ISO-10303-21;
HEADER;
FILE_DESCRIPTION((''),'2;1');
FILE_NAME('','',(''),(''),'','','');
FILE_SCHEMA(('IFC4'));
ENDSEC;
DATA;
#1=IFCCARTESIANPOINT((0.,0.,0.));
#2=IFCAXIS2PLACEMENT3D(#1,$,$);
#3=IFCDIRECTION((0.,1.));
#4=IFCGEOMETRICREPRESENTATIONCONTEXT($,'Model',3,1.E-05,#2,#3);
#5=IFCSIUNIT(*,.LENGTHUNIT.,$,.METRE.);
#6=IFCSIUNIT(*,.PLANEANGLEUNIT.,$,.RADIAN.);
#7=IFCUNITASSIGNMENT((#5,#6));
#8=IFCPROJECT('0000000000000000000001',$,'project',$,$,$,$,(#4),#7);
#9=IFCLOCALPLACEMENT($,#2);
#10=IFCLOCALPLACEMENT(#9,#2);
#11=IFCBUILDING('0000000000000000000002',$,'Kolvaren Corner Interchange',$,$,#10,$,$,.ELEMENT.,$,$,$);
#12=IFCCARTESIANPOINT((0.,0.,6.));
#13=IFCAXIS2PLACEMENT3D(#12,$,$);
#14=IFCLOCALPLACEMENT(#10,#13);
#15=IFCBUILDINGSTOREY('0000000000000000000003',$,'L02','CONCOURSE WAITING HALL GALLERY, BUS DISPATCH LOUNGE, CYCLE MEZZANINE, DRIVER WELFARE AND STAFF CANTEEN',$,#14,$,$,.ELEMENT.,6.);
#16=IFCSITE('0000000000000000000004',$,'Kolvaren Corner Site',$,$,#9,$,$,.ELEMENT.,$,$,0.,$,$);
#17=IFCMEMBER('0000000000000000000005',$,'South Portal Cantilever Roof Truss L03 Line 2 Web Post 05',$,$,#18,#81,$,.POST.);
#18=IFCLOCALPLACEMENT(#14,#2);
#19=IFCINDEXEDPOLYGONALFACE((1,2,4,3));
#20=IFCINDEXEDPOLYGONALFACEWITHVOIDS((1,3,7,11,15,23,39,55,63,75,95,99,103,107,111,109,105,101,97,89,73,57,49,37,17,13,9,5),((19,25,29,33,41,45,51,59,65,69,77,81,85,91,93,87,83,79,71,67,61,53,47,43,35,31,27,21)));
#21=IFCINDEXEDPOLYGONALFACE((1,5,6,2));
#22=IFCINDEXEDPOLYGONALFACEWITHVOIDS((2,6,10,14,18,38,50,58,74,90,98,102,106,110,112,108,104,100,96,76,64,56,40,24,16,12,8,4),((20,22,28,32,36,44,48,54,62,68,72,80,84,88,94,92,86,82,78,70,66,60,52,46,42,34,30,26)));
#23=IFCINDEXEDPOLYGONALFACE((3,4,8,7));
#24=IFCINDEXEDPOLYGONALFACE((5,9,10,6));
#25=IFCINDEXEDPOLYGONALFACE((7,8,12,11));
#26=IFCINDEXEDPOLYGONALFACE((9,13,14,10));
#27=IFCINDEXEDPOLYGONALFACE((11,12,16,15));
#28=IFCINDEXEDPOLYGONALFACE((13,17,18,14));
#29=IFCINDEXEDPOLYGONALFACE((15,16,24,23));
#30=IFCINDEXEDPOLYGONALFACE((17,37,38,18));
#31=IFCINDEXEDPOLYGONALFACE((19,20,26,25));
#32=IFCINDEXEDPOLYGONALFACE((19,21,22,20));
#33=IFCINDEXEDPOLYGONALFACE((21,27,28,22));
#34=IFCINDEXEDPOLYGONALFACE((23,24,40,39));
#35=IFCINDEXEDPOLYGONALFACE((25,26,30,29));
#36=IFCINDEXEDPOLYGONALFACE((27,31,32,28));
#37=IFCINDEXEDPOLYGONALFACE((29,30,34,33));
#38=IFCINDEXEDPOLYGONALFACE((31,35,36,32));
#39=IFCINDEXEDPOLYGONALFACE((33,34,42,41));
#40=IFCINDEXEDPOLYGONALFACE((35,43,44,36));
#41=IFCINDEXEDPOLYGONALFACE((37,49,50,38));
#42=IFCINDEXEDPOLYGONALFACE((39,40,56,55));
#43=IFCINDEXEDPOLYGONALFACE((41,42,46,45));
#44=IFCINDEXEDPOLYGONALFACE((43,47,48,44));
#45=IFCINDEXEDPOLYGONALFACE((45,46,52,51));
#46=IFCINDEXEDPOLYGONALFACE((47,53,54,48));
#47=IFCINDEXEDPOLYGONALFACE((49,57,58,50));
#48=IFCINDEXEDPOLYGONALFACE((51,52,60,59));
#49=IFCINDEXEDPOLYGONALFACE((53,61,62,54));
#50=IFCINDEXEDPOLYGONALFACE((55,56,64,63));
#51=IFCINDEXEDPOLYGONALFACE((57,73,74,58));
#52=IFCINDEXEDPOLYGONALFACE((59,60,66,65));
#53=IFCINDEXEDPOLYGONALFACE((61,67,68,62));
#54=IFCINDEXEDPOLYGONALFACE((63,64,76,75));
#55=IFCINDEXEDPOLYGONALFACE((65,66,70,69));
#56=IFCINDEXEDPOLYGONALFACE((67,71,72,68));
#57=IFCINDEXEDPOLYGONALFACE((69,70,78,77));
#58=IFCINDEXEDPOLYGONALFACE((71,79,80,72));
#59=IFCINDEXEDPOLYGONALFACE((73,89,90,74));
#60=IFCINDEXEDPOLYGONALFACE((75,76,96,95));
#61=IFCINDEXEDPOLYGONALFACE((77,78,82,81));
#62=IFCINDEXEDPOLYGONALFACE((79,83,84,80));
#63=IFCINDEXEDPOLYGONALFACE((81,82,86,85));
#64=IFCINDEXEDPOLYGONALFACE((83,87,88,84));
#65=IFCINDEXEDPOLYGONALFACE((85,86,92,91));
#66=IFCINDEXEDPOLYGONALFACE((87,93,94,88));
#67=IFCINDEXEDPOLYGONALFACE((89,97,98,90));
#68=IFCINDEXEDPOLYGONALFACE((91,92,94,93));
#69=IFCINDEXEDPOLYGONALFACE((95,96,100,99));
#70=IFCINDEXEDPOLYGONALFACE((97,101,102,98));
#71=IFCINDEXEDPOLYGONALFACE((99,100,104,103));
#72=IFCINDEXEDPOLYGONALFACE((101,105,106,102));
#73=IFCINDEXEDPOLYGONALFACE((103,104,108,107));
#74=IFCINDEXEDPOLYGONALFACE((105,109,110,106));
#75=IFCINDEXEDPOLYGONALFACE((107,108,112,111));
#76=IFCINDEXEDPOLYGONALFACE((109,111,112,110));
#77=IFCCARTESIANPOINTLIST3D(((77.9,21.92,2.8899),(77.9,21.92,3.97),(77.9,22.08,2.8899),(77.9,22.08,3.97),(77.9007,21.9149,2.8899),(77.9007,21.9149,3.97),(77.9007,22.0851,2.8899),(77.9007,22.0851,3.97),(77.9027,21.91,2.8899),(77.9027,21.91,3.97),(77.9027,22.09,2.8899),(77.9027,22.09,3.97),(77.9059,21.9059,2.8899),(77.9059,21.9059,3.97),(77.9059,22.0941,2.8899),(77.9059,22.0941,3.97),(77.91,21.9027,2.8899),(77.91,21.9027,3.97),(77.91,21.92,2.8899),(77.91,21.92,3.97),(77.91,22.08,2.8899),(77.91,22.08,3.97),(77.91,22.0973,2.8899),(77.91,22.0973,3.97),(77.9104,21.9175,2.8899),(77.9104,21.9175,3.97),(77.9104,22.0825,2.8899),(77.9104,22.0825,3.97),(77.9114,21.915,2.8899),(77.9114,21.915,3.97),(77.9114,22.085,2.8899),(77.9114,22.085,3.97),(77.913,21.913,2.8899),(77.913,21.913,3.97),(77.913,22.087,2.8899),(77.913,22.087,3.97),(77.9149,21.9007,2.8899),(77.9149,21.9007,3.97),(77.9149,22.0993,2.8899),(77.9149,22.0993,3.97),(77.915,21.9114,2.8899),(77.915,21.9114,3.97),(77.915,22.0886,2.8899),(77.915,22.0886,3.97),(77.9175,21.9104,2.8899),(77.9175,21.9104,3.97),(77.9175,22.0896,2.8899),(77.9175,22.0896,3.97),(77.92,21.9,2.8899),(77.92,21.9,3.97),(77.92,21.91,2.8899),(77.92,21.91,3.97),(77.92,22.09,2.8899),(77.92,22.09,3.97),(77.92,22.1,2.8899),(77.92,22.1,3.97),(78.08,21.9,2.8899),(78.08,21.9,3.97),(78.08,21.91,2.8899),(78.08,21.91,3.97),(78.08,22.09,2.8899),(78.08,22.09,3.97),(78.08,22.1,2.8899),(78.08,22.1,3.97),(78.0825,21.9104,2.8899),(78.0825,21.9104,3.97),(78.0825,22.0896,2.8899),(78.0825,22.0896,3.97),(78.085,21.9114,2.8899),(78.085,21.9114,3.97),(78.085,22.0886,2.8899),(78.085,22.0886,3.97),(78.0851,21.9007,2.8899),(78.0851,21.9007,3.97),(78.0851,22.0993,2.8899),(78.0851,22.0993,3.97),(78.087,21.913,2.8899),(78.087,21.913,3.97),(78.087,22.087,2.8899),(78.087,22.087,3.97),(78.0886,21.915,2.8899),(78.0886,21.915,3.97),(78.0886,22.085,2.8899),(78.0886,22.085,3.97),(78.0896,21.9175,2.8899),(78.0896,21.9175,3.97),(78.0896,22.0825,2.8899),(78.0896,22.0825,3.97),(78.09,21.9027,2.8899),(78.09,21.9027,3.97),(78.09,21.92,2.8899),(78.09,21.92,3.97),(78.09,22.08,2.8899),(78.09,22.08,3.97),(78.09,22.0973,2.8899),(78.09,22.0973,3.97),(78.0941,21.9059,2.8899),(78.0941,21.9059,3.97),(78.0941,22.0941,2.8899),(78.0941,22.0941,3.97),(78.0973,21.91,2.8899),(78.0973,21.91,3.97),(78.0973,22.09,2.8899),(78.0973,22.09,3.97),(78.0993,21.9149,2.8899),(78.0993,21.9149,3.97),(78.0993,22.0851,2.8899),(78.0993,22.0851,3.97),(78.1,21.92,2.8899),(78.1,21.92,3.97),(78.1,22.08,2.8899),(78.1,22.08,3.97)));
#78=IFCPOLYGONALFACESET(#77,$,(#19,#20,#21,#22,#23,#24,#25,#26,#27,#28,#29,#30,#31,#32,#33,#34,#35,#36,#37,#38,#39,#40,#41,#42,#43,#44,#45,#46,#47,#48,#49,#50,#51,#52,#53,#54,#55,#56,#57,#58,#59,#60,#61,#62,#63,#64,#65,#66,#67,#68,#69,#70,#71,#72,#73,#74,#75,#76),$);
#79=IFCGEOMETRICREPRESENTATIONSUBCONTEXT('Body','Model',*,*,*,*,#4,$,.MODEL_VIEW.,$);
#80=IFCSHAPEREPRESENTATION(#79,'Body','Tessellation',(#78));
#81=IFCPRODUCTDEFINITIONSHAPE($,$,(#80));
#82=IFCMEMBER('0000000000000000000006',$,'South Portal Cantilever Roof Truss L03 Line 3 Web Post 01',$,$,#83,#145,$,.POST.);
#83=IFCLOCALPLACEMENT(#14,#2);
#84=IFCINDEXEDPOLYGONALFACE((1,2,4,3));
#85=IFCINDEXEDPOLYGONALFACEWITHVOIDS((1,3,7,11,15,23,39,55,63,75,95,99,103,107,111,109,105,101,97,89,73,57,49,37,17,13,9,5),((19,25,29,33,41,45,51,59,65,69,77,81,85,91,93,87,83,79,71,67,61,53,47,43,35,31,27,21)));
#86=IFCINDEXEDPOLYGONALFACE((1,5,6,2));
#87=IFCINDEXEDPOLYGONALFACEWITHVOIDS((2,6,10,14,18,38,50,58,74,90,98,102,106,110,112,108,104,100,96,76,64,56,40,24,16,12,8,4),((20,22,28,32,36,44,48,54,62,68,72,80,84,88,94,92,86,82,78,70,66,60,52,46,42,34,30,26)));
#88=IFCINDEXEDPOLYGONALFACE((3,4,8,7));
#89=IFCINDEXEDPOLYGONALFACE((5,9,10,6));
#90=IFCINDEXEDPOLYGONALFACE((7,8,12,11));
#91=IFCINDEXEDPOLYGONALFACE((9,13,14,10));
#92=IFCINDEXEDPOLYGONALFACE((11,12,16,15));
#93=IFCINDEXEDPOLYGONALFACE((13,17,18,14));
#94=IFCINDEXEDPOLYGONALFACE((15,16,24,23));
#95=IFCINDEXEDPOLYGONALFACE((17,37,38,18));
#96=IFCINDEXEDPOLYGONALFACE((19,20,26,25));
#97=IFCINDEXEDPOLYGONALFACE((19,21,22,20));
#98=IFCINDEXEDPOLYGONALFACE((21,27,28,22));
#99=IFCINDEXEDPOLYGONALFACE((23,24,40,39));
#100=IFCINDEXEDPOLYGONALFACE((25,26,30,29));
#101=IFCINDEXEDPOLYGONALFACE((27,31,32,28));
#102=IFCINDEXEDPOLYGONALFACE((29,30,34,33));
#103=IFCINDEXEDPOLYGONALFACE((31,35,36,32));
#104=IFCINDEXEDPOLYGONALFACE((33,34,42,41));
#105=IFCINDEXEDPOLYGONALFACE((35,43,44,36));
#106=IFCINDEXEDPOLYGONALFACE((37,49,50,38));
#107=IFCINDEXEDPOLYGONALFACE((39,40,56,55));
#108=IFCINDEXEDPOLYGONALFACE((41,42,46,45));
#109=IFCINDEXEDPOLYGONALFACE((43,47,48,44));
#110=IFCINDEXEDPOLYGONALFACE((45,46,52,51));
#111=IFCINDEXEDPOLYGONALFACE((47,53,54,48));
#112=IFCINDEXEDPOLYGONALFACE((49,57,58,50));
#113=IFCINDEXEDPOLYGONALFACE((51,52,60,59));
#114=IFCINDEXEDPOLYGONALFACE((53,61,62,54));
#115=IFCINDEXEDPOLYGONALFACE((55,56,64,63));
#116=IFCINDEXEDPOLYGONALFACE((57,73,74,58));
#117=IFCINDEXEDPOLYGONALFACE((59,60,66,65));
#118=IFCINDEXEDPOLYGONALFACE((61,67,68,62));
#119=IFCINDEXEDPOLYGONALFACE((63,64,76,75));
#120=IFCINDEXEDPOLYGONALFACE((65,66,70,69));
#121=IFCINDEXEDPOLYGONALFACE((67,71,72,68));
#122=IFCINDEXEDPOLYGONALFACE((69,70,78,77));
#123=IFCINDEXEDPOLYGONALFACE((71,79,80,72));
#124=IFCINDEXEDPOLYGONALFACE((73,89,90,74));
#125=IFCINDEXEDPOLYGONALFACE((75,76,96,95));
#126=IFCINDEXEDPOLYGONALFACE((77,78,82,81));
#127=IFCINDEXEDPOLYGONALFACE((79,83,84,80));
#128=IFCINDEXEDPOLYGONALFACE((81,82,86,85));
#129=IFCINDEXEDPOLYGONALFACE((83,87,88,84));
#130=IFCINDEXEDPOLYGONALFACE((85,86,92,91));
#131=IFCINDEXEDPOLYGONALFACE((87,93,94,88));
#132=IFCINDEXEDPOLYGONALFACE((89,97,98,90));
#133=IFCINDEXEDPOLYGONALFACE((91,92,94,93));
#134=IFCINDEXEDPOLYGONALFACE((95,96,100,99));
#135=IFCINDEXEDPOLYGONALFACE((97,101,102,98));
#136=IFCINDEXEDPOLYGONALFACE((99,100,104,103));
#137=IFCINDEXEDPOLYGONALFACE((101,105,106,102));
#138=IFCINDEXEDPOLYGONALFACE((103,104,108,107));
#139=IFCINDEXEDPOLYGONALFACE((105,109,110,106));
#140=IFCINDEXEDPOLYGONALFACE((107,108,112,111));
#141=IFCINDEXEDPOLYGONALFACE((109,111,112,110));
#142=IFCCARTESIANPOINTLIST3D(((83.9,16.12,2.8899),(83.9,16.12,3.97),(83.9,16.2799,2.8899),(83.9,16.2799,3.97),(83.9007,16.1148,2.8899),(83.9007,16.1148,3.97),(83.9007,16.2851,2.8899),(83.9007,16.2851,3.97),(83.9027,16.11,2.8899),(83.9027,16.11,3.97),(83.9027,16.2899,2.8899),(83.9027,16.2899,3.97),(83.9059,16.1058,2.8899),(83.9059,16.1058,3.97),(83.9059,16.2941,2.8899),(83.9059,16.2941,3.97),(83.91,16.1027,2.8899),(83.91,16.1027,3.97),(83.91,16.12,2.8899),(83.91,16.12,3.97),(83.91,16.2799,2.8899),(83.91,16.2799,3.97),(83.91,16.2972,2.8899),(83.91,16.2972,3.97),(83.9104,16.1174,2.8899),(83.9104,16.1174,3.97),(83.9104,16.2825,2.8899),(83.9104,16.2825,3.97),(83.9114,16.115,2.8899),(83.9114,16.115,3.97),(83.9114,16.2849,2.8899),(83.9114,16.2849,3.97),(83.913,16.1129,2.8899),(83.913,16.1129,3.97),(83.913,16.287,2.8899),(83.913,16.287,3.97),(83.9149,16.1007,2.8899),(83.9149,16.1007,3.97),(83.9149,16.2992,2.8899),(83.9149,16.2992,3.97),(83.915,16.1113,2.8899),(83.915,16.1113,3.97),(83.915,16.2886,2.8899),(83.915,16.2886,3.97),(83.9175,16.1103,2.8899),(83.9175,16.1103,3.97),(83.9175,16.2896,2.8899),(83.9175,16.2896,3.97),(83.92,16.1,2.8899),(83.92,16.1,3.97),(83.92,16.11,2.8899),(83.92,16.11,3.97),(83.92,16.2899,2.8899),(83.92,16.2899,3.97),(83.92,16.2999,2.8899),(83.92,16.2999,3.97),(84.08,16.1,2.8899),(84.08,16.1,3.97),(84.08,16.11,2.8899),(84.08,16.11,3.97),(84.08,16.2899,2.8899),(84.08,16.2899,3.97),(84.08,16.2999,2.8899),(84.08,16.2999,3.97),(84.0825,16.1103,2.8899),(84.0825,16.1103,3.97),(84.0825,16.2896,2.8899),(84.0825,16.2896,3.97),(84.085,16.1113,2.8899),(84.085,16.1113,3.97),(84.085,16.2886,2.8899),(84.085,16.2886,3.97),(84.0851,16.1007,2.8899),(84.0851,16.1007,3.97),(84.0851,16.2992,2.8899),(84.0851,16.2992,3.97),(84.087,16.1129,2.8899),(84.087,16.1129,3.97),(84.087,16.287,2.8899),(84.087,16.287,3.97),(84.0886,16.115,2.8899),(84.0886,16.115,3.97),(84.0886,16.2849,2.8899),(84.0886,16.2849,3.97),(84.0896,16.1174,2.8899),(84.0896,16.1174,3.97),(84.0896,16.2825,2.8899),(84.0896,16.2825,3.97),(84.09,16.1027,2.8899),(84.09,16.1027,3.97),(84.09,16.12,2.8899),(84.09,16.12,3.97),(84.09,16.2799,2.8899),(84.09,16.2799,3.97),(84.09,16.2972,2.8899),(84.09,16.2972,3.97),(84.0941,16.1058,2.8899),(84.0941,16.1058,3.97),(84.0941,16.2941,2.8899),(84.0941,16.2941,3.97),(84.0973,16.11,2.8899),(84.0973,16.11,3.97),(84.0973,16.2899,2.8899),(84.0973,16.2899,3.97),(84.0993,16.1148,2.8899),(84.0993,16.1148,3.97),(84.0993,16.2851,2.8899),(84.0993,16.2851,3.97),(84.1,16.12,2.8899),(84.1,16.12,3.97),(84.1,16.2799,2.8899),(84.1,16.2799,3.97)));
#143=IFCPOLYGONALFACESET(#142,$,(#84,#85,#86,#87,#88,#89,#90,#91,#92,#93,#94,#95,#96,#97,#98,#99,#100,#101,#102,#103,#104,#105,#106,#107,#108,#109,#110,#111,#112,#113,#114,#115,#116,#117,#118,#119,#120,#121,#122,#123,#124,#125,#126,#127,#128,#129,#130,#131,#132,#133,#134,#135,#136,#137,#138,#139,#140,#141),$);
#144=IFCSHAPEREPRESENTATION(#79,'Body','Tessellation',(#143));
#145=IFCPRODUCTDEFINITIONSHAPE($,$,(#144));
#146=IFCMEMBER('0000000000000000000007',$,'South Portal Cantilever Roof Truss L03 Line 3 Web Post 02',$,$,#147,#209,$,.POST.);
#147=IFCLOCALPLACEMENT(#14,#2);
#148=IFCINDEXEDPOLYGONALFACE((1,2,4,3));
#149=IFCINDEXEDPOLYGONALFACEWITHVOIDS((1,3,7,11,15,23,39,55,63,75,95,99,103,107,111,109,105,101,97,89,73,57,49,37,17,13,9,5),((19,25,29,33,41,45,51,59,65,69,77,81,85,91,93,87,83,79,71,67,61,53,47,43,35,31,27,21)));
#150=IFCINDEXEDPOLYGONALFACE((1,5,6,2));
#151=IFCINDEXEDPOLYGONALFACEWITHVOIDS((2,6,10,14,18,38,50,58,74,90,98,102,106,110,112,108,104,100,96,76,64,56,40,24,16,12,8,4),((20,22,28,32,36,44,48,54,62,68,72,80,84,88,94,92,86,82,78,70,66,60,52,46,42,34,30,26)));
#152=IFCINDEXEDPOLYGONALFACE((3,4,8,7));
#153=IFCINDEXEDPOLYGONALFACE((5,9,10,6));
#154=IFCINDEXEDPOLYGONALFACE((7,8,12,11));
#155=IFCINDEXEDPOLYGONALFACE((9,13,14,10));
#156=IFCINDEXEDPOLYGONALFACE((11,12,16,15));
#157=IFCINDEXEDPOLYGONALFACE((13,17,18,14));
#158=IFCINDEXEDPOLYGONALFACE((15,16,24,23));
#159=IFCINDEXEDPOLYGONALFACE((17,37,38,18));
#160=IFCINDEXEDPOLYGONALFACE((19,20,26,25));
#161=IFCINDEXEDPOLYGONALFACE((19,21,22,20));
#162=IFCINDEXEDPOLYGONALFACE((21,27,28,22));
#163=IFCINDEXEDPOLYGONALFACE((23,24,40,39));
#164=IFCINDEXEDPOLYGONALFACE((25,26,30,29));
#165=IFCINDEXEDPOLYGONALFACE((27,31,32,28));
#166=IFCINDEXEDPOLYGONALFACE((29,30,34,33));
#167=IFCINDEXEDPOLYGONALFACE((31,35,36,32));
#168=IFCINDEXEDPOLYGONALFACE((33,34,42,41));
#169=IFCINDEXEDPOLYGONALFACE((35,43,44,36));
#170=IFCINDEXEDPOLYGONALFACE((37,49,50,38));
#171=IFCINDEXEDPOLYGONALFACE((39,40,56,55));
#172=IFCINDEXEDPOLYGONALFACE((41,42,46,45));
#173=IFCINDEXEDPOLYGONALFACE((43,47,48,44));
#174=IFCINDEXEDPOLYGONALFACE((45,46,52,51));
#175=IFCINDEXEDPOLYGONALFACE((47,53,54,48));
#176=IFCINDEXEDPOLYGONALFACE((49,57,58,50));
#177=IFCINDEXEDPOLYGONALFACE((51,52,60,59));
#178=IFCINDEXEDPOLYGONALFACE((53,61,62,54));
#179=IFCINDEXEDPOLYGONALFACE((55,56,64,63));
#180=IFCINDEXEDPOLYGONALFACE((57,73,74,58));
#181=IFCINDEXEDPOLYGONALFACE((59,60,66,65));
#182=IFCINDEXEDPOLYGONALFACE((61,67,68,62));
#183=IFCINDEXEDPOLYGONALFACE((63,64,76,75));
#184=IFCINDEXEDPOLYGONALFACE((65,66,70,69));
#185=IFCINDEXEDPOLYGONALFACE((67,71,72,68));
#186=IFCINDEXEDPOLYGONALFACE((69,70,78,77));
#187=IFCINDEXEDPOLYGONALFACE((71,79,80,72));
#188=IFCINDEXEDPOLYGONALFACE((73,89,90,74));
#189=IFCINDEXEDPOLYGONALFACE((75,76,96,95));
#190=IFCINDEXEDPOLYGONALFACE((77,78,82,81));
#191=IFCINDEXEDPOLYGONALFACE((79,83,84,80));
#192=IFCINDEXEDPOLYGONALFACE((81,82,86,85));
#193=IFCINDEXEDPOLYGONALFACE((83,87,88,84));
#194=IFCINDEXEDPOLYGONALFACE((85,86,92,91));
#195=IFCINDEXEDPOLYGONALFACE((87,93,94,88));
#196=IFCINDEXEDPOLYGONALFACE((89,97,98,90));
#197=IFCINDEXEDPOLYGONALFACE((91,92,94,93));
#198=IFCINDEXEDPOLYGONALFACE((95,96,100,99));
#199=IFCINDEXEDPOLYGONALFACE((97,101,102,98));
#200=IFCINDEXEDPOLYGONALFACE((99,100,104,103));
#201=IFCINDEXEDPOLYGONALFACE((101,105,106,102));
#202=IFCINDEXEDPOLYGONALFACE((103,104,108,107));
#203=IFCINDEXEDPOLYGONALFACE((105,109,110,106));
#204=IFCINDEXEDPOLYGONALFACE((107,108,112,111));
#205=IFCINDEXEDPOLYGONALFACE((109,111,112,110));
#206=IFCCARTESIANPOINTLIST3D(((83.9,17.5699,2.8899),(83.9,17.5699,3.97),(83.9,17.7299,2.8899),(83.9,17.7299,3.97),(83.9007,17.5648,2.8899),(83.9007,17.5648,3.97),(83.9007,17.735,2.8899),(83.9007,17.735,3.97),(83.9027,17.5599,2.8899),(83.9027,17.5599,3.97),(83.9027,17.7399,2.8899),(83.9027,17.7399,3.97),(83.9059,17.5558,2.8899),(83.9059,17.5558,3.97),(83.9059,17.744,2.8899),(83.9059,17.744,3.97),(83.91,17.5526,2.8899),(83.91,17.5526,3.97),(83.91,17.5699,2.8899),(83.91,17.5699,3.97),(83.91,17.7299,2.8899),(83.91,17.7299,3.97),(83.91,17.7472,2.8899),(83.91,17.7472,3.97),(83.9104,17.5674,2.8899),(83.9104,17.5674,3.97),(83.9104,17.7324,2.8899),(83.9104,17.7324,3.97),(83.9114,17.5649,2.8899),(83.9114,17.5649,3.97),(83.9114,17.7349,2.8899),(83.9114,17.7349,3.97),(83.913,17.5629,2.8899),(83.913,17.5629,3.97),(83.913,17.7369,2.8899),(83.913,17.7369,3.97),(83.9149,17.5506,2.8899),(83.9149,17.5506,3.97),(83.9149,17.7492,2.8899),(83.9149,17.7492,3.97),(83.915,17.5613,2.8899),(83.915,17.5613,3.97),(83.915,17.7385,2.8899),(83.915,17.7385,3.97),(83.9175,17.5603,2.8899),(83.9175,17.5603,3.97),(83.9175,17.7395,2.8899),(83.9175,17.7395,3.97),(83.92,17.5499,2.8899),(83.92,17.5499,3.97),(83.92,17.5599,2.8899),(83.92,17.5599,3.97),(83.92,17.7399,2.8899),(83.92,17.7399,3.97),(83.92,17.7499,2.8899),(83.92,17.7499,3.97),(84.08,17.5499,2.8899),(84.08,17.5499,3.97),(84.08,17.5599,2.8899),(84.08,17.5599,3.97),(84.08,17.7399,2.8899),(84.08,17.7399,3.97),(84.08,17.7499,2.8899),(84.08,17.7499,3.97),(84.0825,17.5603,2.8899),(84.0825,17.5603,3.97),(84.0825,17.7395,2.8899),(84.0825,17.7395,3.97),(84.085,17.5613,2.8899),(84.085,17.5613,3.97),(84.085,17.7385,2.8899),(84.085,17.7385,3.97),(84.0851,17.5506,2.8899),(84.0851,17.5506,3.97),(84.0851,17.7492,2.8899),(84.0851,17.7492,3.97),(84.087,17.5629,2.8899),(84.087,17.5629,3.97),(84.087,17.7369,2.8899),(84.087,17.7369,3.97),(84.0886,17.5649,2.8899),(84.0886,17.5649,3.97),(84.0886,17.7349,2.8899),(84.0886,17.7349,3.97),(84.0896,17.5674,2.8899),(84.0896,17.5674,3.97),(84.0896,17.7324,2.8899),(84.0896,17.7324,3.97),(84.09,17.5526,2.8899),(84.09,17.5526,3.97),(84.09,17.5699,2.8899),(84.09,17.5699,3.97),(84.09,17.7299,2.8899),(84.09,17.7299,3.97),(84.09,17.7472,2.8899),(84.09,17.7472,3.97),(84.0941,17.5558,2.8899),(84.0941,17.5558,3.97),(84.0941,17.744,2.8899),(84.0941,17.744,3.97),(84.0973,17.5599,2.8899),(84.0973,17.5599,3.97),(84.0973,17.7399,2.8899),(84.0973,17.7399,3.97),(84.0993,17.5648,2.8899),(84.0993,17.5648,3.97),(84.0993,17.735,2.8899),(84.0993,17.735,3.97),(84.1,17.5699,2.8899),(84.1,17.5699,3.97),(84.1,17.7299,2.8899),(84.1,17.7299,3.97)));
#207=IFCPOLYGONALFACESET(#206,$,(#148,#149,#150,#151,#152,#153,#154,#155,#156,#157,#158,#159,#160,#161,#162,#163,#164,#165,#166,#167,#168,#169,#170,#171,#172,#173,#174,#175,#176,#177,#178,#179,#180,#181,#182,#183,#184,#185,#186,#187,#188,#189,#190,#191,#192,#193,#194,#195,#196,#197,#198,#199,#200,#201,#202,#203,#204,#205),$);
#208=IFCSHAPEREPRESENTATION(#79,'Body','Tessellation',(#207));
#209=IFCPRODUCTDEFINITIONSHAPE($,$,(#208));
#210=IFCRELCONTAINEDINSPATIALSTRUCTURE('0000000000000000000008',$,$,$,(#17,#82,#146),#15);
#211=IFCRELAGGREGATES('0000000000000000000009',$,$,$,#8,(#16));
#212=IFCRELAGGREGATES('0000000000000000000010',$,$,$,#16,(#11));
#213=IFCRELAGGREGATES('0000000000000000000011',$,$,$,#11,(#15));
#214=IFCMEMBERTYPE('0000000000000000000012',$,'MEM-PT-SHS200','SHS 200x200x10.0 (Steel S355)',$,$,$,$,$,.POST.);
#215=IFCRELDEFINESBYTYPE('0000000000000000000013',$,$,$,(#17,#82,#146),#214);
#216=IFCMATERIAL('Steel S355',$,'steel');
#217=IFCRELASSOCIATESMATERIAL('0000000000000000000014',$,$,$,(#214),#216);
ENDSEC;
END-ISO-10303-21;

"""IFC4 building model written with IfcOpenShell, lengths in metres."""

from ifc_helpers import new_model, si_unit, direction, frame, origin, origin_2d, place, context, subcontext, project, spatial, hollow_rectangle, extrude, material, material_profile, profile_set, type_object, element, save


model = new_model("IFC4")

# Units and contexts
model_context = context("Model", 3, precision=1e-05, world=origin(), true_north=direction((0.0, 1.0)))
body_context = subcontext(model_context, "Body", "Model", "MODEL_VIEW")
ifc_project = project(units=[si_unit("LENGTHUNIT", "METRE"), si_unit("PLANEANGLEUNIT", "RADIAN")], contexts=[model_context])

# Site, building, storey
site_placement = place(None, origin())
site = spatial("IfcSite", under=ifc_project, at=site_placement, Name="Kolvaren Corner Site", CompositionType="ELEMENT", RefElevation=0.0)
building_placement = place(site_placement, origin())
building = spatial("IfcBuilding", under=site, at=building_placement, Name="Kolvaren Corner Interchange", CompositionType="ELEMENT")
storey_placement = place(building_placement, frame((0.0, 0.0, 6.0)))
storey = spatial("IfcBuildingStorey", under=building, at=storey_placement, Name="L02", Description="CONCOURSE WAITING HALL GALLERY, BUS DISPATCH LOUNGE, CYCLE MEZZANINE, DRIVER WELFARE AND STAFF CANTEEN", CompositionType="ELEMENT", Elevation=6.0)

# Members
ifc_material_1 = material(Name="Steel S355", Category="steel")
ifc_material_profile_1 = material_profile(ifc_material_1, hollow_rectangle(XDim=0.2, YDim=0.2, WallThickness=0.01, InnerFilletRadius=0.01, OuterFilletRadius=0.02, at=origin_2d()), Name="SHS 200x200x10.0")
ifc_profile_set_1 = profile_set([ifc_material_profile_1], Name="Steel S355")
member_type_1 = type_object("IfcMemberType", Name="MEM-PT-SHS200", Description="SHS 200x200x10.0 (Steel S355)", PredefinedType="POST", material=ifc_profile_set_1)
for number, where, z_axis, x_axis, name in (
    (1, (78.0, 22.0, 2.8899), (0.0, 0.0, 1.0), (1.0, 0.0, 0.0), "South Portal Cantilever Roof Truss L03 Line 2 Web Post 05"),
    (2, (84.0, 16.2, 2.8899), (0.0, 0.0, 1.0), (1.0, 0.0, 0.0), "South Portal Cantilever Roof Truss L03 Line 3 Web Post 01"),
    (3, (84.0, 17.6499, 2.8899), (0.0, 0.0, 1.0), (1.0, 0.0, 0.0), "South Portal Cantilever Roof Truss L03 Line 3 Web Post 02"),
):
    element("IfcMember", number, at=place(storey_placement, frame(where, z_axis=z_axis, x_axis=x_axis)), inside=storey, type_object=member_type_1, Name=name, PredefinedType="POST", context=body_context, shape_type="SweptSolid", body=[
        extrude(hollow_rectangle(XDim=0.2, YDim=0.2, WallThickness=0.01, InnerFilletRadius=0.01, OuterFilletRadius=0.02, at=origin_2d()), origin(), (0.0, 0.0, 1.0), 1.0801),
    ])

save(model, "model.ifc")
